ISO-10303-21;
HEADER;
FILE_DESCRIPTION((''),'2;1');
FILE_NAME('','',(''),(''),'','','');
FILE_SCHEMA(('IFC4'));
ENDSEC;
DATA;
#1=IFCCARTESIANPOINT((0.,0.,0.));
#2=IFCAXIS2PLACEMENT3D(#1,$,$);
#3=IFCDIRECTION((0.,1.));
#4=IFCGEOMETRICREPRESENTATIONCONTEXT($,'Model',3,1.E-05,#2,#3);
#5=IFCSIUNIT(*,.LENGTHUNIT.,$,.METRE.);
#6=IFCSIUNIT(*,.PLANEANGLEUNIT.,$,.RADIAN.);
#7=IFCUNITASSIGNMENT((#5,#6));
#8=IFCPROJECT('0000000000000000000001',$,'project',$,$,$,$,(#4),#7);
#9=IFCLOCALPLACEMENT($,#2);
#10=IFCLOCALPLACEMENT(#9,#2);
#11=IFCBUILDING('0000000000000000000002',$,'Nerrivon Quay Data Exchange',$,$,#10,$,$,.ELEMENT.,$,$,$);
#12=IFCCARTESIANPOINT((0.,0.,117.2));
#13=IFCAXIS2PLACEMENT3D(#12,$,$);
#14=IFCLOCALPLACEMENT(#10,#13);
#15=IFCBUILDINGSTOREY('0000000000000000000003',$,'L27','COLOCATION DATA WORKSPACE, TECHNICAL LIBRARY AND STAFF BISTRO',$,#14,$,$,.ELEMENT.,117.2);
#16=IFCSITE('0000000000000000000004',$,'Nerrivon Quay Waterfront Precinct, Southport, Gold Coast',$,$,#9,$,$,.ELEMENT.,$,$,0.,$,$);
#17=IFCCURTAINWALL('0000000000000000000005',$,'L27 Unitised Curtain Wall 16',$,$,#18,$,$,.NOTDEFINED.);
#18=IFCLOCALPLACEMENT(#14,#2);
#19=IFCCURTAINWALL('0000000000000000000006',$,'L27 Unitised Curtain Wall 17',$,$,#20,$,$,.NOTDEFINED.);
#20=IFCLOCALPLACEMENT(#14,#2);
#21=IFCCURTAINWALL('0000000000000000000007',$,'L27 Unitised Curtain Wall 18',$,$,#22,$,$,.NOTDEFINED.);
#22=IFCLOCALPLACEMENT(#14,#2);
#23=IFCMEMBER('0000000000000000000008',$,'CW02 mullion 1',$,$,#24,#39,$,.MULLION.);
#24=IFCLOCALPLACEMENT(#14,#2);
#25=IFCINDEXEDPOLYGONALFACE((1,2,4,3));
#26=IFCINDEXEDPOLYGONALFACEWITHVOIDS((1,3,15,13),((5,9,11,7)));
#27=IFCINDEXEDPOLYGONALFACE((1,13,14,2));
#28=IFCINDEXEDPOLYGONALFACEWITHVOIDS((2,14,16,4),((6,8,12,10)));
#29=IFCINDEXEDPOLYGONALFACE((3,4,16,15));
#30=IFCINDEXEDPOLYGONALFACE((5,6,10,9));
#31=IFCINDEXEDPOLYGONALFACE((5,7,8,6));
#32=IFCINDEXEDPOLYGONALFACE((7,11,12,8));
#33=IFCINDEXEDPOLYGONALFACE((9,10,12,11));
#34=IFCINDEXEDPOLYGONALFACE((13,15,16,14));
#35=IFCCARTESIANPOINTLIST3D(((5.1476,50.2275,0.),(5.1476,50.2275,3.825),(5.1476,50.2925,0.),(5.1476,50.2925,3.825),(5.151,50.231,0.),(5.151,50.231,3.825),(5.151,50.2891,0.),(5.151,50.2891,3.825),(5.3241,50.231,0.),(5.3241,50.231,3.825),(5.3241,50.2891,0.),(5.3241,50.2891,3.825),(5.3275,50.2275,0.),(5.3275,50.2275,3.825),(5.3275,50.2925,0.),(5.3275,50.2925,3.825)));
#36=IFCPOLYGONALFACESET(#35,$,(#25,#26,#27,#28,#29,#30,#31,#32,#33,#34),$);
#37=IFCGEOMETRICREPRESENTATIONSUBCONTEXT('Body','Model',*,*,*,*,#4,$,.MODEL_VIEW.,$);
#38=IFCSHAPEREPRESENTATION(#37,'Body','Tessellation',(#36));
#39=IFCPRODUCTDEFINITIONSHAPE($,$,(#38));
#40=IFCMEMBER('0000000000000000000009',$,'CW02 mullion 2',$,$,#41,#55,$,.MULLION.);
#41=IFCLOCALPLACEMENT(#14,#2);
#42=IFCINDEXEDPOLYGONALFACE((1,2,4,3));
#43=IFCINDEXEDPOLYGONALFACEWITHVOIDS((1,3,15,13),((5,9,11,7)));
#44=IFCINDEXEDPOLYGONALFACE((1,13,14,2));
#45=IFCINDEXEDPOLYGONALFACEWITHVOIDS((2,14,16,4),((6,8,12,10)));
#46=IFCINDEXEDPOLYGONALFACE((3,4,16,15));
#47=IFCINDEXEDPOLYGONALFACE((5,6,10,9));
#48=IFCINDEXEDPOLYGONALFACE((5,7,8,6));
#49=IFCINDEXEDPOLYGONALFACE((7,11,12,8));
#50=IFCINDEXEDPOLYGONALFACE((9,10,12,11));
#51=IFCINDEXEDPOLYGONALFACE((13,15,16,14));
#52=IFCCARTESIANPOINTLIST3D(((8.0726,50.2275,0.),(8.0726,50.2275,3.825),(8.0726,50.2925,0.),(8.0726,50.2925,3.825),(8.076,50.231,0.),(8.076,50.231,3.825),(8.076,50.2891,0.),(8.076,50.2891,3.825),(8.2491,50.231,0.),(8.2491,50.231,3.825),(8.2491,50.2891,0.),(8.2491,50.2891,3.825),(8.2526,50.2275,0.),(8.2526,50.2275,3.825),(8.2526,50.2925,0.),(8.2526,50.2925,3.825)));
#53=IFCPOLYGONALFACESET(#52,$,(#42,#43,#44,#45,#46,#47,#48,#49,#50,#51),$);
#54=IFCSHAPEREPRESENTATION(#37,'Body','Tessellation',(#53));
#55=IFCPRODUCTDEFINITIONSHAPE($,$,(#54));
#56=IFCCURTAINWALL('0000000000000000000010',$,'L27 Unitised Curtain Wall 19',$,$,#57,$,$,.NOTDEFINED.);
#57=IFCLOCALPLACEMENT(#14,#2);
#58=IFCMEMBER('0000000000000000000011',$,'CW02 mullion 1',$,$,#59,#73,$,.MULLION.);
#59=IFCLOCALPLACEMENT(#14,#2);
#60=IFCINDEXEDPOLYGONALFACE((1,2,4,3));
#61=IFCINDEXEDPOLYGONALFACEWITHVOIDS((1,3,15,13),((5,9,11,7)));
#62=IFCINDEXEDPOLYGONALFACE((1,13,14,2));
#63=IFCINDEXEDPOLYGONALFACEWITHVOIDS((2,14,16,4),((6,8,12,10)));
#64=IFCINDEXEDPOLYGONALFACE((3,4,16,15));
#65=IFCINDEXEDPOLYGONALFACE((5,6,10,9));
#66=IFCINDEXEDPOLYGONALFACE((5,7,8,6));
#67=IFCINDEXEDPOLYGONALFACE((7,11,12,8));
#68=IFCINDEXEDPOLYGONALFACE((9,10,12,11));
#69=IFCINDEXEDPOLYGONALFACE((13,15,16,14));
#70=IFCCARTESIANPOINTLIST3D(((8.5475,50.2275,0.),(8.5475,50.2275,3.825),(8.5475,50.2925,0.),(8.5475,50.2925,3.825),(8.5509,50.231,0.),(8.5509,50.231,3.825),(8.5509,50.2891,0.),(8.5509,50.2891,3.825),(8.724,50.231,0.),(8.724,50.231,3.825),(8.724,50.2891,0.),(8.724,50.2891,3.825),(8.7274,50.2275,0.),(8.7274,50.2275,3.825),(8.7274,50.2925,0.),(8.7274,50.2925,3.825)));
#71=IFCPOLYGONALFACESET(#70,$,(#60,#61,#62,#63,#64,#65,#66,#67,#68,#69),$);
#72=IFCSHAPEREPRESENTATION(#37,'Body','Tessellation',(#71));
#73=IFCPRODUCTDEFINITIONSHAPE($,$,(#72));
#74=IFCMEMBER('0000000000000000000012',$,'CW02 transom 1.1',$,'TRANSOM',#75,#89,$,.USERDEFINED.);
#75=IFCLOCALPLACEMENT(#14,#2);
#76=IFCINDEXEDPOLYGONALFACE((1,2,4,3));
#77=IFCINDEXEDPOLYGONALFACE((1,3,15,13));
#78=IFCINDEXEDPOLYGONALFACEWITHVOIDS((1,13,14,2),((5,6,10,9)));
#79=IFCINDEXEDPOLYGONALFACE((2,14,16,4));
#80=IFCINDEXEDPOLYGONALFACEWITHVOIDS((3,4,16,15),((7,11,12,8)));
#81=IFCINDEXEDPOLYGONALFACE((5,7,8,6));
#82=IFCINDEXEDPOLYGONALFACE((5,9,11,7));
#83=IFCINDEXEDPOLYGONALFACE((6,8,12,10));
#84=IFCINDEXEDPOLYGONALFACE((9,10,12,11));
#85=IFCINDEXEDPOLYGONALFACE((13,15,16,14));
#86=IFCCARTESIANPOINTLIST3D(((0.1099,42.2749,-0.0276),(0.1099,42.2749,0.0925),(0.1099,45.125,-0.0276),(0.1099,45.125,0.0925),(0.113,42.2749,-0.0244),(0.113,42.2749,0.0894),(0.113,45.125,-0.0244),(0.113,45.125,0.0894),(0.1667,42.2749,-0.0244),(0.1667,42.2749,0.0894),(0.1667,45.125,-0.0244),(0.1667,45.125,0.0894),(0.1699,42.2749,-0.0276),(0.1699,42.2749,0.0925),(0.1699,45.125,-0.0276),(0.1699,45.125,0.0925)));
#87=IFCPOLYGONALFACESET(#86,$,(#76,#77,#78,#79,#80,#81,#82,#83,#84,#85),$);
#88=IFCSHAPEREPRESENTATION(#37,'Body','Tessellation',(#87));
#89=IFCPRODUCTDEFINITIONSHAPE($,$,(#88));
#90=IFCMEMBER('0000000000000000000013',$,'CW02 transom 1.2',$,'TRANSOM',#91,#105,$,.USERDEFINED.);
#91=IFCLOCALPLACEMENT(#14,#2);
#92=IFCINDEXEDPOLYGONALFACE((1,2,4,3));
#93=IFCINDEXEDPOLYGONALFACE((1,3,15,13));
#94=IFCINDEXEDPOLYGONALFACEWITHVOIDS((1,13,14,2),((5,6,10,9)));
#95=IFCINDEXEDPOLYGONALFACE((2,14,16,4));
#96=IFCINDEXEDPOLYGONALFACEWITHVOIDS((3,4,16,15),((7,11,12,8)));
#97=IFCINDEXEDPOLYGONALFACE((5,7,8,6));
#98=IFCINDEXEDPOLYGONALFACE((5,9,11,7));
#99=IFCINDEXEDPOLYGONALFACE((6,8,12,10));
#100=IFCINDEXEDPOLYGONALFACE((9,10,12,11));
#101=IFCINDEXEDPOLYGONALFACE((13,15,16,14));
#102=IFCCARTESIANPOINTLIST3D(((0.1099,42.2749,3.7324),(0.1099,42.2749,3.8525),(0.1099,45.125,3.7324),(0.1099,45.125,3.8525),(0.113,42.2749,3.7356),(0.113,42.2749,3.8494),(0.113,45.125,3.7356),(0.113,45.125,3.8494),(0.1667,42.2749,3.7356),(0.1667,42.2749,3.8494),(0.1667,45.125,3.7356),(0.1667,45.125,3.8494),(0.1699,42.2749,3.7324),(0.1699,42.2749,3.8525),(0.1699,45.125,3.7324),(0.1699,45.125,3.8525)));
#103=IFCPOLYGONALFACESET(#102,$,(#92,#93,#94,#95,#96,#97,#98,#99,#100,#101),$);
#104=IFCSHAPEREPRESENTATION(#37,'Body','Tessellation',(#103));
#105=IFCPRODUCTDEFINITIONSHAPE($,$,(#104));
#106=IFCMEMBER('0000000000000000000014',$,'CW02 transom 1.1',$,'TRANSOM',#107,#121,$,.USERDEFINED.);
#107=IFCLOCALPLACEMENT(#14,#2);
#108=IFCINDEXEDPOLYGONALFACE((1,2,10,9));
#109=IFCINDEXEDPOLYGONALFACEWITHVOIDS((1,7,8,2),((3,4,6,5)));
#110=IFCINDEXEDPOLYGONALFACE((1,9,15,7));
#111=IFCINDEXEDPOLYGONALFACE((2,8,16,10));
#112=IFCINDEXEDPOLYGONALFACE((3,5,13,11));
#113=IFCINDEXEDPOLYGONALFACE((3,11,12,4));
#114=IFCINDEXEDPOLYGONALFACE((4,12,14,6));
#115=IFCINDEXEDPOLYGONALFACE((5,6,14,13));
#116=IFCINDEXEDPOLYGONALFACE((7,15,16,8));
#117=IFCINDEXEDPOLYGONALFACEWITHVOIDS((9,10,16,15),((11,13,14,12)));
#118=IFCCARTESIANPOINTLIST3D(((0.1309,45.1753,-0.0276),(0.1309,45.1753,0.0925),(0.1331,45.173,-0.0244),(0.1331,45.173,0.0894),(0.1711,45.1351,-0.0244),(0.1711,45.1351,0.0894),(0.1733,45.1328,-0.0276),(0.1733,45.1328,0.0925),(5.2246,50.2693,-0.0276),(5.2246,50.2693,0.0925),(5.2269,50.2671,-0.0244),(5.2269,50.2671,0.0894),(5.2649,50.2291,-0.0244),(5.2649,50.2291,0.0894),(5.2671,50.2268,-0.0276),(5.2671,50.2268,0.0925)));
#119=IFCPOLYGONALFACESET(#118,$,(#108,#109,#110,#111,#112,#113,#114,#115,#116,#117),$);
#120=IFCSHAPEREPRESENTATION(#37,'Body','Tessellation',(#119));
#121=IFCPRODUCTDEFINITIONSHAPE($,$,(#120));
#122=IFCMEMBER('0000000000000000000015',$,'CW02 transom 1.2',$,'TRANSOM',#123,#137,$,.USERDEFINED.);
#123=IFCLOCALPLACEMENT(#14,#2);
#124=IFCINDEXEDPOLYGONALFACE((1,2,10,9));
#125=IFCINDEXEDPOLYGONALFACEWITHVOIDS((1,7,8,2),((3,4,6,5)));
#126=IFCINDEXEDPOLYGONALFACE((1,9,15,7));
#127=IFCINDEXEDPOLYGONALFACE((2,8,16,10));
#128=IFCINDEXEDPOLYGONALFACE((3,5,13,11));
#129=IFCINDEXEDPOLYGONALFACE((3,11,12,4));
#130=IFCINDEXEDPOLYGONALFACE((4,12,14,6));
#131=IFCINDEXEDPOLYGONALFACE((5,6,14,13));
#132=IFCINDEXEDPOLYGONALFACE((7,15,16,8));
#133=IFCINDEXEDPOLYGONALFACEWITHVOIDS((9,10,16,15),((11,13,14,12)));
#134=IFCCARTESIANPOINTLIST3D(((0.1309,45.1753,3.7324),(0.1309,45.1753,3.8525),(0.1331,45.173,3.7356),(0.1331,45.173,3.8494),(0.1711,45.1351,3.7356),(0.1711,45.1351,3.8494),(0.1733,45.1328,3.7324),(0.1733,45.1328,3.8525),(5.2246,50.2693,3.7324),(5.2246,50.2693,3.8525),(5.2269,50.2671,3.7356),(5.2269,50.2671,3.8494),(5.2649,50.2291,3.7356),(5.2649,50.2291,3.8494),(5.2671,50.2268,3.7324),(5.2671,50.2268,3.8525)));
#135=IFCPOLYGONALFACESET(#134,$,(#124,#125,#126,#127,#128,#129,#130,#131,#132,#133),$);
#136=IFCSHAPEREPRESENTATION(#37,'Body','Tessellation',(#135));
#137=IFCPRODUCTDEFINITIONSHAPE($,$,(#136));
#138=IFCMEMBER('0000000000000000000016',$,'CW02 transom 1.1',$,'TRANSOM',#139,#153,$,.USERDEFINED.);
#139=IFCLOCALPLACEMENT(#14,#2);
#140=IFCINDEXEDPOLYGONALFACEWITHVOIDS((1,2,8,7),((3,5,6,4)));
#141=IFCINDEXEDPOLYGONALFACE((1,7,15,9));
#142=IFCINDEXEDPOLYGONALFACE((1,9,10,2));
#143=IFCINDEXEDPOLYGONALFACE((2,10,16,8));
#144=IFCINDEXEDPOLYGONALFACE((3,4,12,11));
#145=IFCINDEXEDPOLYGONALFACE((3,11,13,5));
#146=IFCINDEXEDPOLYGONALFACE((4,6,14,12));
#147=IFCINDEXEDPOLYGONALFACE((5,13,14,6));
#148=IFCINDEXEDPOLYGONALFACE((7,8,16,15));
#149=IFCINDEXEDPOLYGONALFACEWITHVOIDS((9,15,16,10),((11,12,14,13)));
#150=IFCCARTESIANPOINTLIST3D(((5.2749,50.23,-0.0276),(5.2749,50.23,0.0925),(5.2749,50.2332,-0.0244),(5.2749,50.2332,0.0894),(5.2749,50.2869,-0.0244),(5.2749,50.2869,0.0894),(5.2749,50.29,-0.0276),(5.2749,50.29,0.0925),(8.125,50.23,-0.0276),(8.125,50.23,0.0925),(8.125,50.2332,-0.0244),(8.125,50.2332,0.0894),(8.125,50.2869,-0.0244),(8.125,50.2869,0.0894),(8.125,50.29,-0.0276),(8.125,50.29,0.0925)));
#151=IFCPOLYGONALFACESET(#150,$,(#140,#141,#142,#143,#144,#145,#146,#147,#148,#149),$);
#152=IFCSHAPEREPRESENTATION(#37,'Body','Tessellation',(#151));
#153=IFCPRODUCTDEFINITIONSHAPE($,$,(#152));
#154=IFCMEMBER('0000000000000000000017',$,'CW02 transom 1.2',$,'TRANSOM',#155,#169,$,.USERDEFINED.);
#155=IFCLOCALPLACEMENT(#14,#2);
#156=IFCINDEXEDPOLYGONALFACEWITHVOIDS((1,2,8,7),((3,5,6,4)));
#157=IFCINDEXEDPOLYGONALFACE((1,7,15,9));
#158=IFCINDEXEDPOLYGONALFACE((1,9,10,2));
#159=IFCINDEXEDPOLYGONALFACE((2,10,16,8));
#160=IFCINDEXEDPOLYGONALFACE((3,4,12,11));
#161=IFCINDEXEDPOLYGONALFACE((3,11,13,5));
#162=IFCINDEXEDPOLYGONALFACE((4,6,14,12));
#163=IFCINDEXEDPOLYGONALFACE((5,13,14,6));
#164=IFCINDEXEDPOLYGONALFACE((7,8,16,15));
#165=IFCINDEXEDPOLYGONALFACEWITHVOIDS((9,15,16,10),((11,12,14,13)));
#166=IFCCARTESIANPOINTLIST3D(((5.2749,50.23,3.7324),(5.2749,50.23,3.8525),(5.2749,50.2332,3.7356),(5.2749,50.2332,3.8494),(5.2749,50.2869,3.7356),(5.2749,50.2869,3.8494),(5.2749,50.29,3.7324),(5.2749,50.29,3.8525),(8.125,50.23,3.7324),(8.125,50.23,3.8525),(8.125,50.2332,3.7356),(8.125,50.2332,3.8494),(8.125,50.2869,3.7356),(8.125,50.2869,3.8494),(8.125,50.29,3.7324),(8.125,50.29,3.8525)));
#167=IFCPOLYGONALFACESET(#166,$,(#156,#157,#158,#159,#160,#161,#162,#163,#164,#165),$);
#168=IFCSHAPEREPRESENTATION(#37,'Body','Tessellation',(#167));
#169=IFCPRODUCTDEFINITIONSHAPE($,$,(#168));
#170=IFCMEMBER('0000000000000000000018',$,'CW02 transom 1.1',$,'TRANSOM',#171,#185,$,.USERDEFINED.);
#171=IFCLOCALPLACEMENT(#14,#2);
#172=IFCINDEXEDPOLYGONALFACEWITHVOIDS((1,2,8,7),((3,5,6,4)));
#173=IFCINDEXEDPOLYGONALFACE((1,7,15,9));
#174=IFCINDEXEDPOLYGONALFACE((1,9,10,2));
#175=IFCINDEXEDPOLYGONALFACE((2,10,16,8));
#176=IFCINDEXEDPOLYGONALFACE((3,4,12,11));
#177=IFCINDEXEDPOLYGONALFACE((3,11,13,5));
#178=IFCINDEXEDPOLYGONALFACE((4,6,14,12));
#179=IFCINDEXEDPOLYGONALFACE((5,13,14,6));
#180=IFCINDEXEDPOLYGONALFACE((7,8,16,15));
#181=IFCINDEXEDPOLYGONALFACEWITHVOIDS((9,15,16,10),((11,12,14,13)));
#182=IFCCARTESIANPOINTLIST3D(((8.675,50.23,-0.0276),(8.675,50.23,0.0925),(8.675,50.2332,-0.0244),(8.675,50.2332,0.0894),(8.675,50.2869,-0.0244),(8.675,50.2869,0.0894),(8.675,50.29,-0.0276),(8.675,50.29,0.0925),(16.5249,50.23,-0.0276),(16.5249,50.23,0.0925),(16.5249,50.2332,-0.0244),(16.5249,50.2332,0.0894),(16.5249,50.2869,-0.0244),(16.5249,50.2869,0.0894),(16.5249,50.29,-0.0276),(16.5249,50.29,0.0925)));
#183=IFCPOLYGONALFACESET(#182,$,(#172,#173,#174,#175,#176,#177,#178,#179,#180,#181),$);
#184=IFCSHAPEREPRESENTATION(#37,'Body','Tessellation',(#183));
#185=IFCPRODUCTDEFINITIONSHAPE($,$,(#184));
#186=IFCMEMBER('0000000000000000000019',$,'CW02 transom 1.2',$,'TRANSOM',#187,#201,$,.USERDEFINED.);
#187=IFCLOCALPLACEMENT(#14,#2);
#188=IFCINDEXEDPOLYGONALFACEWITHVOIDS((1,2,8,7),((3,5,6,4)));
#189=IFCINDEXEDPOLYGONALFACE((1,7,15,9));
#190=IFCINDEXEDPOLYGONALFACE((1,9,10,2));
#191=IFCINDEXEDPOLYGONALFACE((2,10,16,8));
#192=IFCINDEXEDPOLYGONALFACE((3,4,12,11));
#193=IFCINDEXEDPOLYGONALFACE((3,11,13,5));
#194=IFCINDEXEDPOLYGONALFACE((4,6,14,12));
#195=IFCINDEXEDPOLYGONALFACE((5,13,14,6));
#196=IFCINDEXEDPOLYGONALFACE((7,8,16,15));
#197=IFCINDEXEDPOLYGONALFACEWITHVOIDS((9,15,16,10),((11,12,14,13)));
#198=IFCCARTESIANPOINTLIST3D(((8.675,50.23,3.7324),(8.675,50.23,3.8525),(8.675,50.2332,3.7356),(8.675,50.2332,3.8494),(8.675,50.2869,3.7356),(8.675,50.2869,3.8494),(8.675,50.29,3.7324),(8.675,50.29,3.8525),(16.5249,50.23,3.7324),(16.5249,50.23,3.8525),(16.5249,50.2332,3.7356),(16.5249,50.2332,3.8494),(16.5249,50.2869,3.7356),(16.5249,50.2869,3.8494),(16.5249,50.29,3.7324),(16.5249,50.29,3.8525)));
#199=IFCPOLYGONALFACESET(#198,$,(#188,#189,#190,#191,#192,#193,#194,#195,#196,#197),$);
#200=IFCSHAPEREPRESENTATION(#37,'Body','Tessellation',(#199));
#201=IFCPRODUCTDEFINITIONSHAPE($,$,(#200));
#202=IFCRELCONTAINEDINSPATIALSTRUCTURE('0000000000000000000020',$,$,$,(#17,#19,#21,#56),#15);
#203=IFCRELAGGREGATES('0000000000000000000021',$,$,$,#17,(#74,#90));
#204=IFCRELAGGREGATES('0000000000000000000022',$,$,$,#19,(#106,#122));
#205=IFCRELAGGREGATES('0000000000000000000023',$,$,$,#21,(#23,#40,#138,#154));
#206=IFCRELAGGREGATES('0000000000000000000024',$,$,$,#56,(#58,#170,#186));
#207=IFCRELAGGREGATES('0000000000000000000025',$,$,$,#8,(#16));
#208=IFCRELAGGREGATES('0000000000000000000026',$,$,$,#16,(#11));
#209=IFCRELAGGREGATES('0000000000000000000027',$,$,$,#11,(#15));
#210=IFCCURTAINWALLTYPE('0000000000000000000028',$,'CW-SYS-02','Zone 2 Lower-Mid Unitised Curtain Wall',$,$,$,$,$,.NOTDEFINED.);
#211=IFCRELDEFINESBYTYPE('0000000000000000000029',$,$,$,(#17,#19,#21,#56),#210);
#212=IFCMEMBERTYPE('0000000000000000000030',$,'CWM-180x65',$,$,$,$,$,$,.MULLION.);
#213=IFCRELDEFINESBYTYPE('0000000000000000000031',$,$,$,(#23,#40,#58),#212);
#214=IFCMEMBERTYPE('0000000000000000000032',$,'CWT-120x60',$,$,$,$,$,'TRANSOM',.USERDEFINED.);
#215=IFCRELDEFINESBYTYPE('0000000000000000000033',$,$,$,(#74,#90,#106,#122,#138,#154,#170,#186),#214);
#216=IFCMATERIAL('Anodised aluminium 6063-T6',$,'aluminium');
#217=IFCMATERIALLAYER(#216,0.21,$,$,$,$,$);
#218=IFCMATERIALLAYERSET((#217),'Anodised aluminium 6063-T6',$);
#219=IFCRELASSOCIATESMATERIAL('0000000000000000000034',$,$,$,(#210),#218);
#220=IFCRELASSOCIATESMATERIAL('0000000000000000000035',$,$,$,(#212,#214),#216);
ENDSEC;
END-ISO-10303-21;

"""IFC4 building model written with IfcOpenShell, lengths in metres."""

from ifc_helpers import new_model, si_unit, direction, frame, origin, origin_2d, place, context, subcontext, project, spatial, hollow_rectangle, extrude, material, layer, layer_set, material_profile, profile_set, type_object, element, aggregate, save


model = new_model("IFC4")

# Units and contexts
model_context = context("Model", 3, precision=1e-05, world=origin(), true_north=direction((0.0, 1.0)))
body_context = subcontext(model_context, "Body", "Model", "MODEL_VIEW")
ifc_project = project(units=[si_unit("LENGTHUNIT", "METRE"), si_unit("PLANEANGLEUNIT", "RADIAN")], contexts=[model_context])

# Site, building, storey
site_placement = place(None, origin())
site = spatial("IfcSite", under=ifc_project, at=site_placement, Name="Nerrivon Quay Waterfront Precinct, Southport, Gold Coast", CompositionType="ELEMENT", RefElevation=0.0)
building_placement = place(site_placement, origin())
building = spatial("IfcBuilding", under=site, at=building_placement, Name="Nerrivon Quay Data Exchange", CompositionType="ELEMENT")
storey_placement = place(building_placement, frame((0.0, 0.0, 117.2)))
storey = spatial("IfcBuildingStorey", under=building, at=storey_placement, Name="L27", Description="COLOCATION DATA WORKSPACE, TECHNICAL LIBRARY AND STAFF BISTRO", CompositionType="ELEMENT", Elevation=117.2)

# Curtain walls, members
ifc_material_1 = material(Name="Anodised aluminium 6063-T6", Category="aluminium")
ifc_layer_1 = layer(ifc_material_1, 0.21)
ifc_layer_set_1 = layer_set([ifc_layer_1], Name="Anodised aluminium 6063-T6")
curtain_wall_type = type_object("IfcCurtainWallType", Name="CW-SYS-02", Description="Zone 2 Lower-Mid Unitised Curtain Wall", PredefinedType="NOTDEFINED", material=ifc_layer_set_1)
curtain_wall_1_placement = place(storey_placement, origin())
curtain_wall_1 = element("IfcCurtainWall", 1, at=curtain_wall_1_placement, inside=storey, type_object=curtain_wall_type, Name="L27 Unitised Curtain Wall 16", PredefinedType="NOTDEFINED")
ifc_material_profile_1 = material_profile(ifc_material_1, hollow_rectangle(XDim=0.0649, YDim=0.1799, WallThickness=0.0034, at=origin_2d()), Name="ALU-MULL-180x65")
ifc_profile_set_1 = profile_set([ifc_material_profile_1], Name="Anodised aluminium 6063-T6")
member_type_1 = type_object("IfcMemberType", Name="CWM-180x65", PredefinedType="MULLION", material=ifc_profile_set_1)
curtain_wall_2_placement = place(storey_placement, origin())
curtain_wall_2 = element("IfcCurtainWall", 2, at=curtain_wall_2_placement, inside=storey, type_object=curtain_wall_type, Name="L27 Unitised Curtain Wall 17", PredefinedType="NOTDEFINED")
curtain_wall_3_placement = place(storey_placement, origin())
curtain_wall_3 = element("IfcCurtainWall", 3, at=curtain_wall_3_placement, inside=storey, type_object=curtain_wall_type, Name="L27 Unitised Curtain Wall 18", PredefinedType="NOTDEFINED")
member_1_placement = place(storey_placement, frame((5.2375, 50.26, 0.0), z_axis=(0.0, 0.0, 1.0), x_axis=(0.0, 1.0, 0.0)))
member_1 = element("IfcMember", 4, at=member_1_placement, type_object=member_type_1, Name="CW02 mullion 1", PredefinedType="MULLION", context=body_context, shape_type="SweptSolid", body=[
    extrude(hollow_rectangle(XDim=0.0649, YDim=0.1799, WallThickness=0.0034, at=origin_2d()), origin(), (0.0, 0.0, 1.0), 3.825),
])
member_2_placement = place(storey_placement, frame((8.1626, 50.26, 0.0), z_axis=(0.0, 0.0, 1.0), x_axis=(0.0, 1.0, 0.0)))
member_2 = element("IfcMember", 5, at=member_2_placement, type_object=member_type_1, Name="CW02 mullion 2", PredefinedType="MULLION", context=body_context, shape_type="SweptSolid", body=[
    extrude(hollow_rectangle(XDim=0.0649, YDim=0.1799, WallThickness=0.0034, at=origin_2d()), origin(), (0.0, 0.0, 1.0), 3.825),
])

# Curtain wall, member
curtain_wall_4_placement = place(storey_placement, origin())
curtain_wall_4 = element("IfcCurtainWall", 6, at=curtain_wall_4_placement, inside=storey, type_object=curtain_wall_type, Name="L27 Unitised Curtain Wall 19", PredefinedType="NOTDEFINED")
member_3_placement = place(storey_placement, frame((8.6375, 50.26, 0.0), z_axis=(0.0, 0.0, 1.0), x_axis=(0.0, 1.0, 0.0)))
member_3 = element("IfcMember", 7, at=member_3_placement, type_object=member_type_1, Name="CW02 mullion 1", PredefinedType="MULLION", context=body_context, shape_type="SweptSolid", body=[
    extrude(hollow_rectangle(XDim=0.0649, YDim=0.1799, WallThickness=0.0034, at=origin_2d()), origin(), (0.0, 0.0, 1.0), 3.825),
])

# Members
ifc_material_profile_2 = material_profile(ifc_material_1, hollow_rectangle(XDim=0.0601, YDim=0.1201, WallThickness=0.0032, at=origin_2d()), Name="ALU-TRAN-120x60")
ifc_profile_set_2 = profile_set([ifc_material_profile_2], Name="Anodised aluminium 6063-T6")
member_type_2 = type_object("IfcMemberType", Name="CWT-120x60", ElementType="TRANSOM", PredefinedType="USERDEFINED", material=ifc_profile_set_2)
member_4_placement = place(storey_placement, frame((0.1399, 42.2749, 0.0325), z_axis=(0.0, 1.0, 0.0), x_axis=(-1.0, 0.0, 0.0)))
member_4 = element("IfcMember", 8, at=member_4_placement, type_object=member_type_2, Name="CW02 transom 1.1", ObjectType="TRANSOM", PredefinedType="USERDEFINED", context=body_context, shape_type="SweptSolid", body=[
    extrude(hollow_rectangle(XDim=0.0601, YDim=0.1201, WallThickness=0.0032, at=origin_2d()), origin(), (0.0, 0.0, 1.0), 2.8501),
])
member_5_placement = place(storey_placement, frame((0.1399, 42.2749, 3.7925), z_axis=(0.0, 1.0, 0.0), x_axis=(-1.0, 0.0, 0.0)))
member_5 = element("IfcMember", 9, at=member_5_placement, type_object=member_type_2, Name="CW02 transom 1.2", ObjectType="TRANSOM", PredefinedType="USERDEFINED", context=body_context, shape_type="SweptSolid", body=[
    extrude(hollow_rectangle(XDim=0.0601, YDim=0.1201, WallThickness=0.0032, at=origin_2d()), origin(), (0.0, 0.0, 1.0), 2.8501),
])
member_6_placement = place(storey_placement, frame((0.1521, 45.1541, 0.0325), z_axis=(0.70709, 0.707124, 0.0), x_axis=(-0.707124, 0.70709, 0.0)))
member_6 = element("IfcMember", 10, at=member_6_placement, type_object=member_type_2, Name="CW02 transom 1.1", ObjectType="TRANSOM", PredefinedType="USERDEFINED", context=body_context, shape_type="SweptSolid", body=[
    extrude(hollow_rectangle(XDim=0.0601, YDim=0.1201, WallThickness=0.0032, at=origin_2d()), origin(), (0.0, 0.0, 1.0), 7.2039),
])
member_7_placement = place(storey_placement, frame((0.1521, 45.1541, 3.7925), z_axis=(0.70709, 0.707124, 0.0), x_axis=(-0.707124, 0.70709, 0.0)))
member_7 = element("IfcMember", 11, at=member_7_placement, type_object=member_type_2, Name="CW02 transom 1.2", ObjectType="TRANSOM", PredefinedType="USERDEFINED", context=body_context, shape_type="SweptSolid", body=[
    extrude(hollow_rectangle(XDim=0.0601, YDim=0.1201, WallThickness=0.0032, at=origin_2d()), origin(), (0.0, 0.0, 1.0), 7.2039),
])
member_8_placement = place(storey_placement, frame((5.2749, 50.26, 0.0325), z_axis=(1.0, 0.0, 0.0), x_axis=(0.0, 1.0, 0.0)))
member_8 = element("IfcMember", 12, at=member_8_placement, type_object=member_type_2, Name="CW02 transom 1.1", ObjectType="TRANSOM", PredefinedType="USERDEFINED", context=body_context, shape_type="SweptSolid", body=[
    extrude(hollow_rectangle(XDim=0.0601, YDim=0.1201, WallThickness=0.0032, at=origin_2d()), origin(), (0.0, 0.0, 1.0), 2.8501),
])
member_9_placement = place(storey_placement, frame((5.2749, 50.26, 3.7925), z_axis=(1.0, 0.0, 0.0), x_axis=(0.0, 1.0, 0.0)))
member_9 = element("IfcMember", 13, at=member_9_placement, type_object=member_type_2, Name="CW02 transom 1.2", ObjectType="TRANSOM", PredefinedType="USERDEFINED", context=body_context, shape_type="SweptSolid", body=[
    extrude(hollow_rectangle(XDim=0.0601, YDim=0.1201, WallThickness=0.0032, at=origin_2d()), origin(), (0.0, 0.0, 1.0), 2.8501),
])
member_10_placement = place(storey_placement, frame((8.675, 50.26, 0.0325), z_axis=(1.0, 0.0, 0.0), x_axis=(0.0, 1.0, 0.0)))
member_10 = element("IfcMember", 14, at=member_10_placement, type_object=member_type_2, Name="CW02 transom 1.1", ObjectType="TRANSOM", PredefinedType="USERDEFINED", context=body_context, shape_type="SweptSolid", body=[
    extrude(hollow_rectangle(XDim=0.0601, YDim=0.1201, WallThickness=0.0032, at=origin_2d()), origin(), (0.0, 0.0, 1.0), 7.8499),
])
member_11_placement = place(storey_placement, frame((8.675, 50.26, 3.7925), z_axis=(1.0, 0.0, 0.0), x_axis=(0.0, 1.0, 0.0)))
member_11 = element("IfcMember", 15, at=member_11_placement, type_object=member_type_2, Name="CW02 transom 1.2", ObjectType="TRANSOM", PredefinedType="USERDEFINED", context=body_context, shape_type="SweptSolid", body=[
    extrude(hollow_rectangle(XDim=0.0601, YDim=0.1201, WallThickness=0.0032, at=origin_2d()), origin(), (0.0, 0.0, 1.0), 7.8499),
])

aggregate(curtain_wall_1, [member_4, member_5])
aggregate(curtain_wall_2, [member_6, member_7])
aggregate(curtain_wall_3, [member_1, member_2, member_8, member_9])
aggregate(curtain_wall_4, [member_3, member_10, member_11])

save(model, "model.ifc")
